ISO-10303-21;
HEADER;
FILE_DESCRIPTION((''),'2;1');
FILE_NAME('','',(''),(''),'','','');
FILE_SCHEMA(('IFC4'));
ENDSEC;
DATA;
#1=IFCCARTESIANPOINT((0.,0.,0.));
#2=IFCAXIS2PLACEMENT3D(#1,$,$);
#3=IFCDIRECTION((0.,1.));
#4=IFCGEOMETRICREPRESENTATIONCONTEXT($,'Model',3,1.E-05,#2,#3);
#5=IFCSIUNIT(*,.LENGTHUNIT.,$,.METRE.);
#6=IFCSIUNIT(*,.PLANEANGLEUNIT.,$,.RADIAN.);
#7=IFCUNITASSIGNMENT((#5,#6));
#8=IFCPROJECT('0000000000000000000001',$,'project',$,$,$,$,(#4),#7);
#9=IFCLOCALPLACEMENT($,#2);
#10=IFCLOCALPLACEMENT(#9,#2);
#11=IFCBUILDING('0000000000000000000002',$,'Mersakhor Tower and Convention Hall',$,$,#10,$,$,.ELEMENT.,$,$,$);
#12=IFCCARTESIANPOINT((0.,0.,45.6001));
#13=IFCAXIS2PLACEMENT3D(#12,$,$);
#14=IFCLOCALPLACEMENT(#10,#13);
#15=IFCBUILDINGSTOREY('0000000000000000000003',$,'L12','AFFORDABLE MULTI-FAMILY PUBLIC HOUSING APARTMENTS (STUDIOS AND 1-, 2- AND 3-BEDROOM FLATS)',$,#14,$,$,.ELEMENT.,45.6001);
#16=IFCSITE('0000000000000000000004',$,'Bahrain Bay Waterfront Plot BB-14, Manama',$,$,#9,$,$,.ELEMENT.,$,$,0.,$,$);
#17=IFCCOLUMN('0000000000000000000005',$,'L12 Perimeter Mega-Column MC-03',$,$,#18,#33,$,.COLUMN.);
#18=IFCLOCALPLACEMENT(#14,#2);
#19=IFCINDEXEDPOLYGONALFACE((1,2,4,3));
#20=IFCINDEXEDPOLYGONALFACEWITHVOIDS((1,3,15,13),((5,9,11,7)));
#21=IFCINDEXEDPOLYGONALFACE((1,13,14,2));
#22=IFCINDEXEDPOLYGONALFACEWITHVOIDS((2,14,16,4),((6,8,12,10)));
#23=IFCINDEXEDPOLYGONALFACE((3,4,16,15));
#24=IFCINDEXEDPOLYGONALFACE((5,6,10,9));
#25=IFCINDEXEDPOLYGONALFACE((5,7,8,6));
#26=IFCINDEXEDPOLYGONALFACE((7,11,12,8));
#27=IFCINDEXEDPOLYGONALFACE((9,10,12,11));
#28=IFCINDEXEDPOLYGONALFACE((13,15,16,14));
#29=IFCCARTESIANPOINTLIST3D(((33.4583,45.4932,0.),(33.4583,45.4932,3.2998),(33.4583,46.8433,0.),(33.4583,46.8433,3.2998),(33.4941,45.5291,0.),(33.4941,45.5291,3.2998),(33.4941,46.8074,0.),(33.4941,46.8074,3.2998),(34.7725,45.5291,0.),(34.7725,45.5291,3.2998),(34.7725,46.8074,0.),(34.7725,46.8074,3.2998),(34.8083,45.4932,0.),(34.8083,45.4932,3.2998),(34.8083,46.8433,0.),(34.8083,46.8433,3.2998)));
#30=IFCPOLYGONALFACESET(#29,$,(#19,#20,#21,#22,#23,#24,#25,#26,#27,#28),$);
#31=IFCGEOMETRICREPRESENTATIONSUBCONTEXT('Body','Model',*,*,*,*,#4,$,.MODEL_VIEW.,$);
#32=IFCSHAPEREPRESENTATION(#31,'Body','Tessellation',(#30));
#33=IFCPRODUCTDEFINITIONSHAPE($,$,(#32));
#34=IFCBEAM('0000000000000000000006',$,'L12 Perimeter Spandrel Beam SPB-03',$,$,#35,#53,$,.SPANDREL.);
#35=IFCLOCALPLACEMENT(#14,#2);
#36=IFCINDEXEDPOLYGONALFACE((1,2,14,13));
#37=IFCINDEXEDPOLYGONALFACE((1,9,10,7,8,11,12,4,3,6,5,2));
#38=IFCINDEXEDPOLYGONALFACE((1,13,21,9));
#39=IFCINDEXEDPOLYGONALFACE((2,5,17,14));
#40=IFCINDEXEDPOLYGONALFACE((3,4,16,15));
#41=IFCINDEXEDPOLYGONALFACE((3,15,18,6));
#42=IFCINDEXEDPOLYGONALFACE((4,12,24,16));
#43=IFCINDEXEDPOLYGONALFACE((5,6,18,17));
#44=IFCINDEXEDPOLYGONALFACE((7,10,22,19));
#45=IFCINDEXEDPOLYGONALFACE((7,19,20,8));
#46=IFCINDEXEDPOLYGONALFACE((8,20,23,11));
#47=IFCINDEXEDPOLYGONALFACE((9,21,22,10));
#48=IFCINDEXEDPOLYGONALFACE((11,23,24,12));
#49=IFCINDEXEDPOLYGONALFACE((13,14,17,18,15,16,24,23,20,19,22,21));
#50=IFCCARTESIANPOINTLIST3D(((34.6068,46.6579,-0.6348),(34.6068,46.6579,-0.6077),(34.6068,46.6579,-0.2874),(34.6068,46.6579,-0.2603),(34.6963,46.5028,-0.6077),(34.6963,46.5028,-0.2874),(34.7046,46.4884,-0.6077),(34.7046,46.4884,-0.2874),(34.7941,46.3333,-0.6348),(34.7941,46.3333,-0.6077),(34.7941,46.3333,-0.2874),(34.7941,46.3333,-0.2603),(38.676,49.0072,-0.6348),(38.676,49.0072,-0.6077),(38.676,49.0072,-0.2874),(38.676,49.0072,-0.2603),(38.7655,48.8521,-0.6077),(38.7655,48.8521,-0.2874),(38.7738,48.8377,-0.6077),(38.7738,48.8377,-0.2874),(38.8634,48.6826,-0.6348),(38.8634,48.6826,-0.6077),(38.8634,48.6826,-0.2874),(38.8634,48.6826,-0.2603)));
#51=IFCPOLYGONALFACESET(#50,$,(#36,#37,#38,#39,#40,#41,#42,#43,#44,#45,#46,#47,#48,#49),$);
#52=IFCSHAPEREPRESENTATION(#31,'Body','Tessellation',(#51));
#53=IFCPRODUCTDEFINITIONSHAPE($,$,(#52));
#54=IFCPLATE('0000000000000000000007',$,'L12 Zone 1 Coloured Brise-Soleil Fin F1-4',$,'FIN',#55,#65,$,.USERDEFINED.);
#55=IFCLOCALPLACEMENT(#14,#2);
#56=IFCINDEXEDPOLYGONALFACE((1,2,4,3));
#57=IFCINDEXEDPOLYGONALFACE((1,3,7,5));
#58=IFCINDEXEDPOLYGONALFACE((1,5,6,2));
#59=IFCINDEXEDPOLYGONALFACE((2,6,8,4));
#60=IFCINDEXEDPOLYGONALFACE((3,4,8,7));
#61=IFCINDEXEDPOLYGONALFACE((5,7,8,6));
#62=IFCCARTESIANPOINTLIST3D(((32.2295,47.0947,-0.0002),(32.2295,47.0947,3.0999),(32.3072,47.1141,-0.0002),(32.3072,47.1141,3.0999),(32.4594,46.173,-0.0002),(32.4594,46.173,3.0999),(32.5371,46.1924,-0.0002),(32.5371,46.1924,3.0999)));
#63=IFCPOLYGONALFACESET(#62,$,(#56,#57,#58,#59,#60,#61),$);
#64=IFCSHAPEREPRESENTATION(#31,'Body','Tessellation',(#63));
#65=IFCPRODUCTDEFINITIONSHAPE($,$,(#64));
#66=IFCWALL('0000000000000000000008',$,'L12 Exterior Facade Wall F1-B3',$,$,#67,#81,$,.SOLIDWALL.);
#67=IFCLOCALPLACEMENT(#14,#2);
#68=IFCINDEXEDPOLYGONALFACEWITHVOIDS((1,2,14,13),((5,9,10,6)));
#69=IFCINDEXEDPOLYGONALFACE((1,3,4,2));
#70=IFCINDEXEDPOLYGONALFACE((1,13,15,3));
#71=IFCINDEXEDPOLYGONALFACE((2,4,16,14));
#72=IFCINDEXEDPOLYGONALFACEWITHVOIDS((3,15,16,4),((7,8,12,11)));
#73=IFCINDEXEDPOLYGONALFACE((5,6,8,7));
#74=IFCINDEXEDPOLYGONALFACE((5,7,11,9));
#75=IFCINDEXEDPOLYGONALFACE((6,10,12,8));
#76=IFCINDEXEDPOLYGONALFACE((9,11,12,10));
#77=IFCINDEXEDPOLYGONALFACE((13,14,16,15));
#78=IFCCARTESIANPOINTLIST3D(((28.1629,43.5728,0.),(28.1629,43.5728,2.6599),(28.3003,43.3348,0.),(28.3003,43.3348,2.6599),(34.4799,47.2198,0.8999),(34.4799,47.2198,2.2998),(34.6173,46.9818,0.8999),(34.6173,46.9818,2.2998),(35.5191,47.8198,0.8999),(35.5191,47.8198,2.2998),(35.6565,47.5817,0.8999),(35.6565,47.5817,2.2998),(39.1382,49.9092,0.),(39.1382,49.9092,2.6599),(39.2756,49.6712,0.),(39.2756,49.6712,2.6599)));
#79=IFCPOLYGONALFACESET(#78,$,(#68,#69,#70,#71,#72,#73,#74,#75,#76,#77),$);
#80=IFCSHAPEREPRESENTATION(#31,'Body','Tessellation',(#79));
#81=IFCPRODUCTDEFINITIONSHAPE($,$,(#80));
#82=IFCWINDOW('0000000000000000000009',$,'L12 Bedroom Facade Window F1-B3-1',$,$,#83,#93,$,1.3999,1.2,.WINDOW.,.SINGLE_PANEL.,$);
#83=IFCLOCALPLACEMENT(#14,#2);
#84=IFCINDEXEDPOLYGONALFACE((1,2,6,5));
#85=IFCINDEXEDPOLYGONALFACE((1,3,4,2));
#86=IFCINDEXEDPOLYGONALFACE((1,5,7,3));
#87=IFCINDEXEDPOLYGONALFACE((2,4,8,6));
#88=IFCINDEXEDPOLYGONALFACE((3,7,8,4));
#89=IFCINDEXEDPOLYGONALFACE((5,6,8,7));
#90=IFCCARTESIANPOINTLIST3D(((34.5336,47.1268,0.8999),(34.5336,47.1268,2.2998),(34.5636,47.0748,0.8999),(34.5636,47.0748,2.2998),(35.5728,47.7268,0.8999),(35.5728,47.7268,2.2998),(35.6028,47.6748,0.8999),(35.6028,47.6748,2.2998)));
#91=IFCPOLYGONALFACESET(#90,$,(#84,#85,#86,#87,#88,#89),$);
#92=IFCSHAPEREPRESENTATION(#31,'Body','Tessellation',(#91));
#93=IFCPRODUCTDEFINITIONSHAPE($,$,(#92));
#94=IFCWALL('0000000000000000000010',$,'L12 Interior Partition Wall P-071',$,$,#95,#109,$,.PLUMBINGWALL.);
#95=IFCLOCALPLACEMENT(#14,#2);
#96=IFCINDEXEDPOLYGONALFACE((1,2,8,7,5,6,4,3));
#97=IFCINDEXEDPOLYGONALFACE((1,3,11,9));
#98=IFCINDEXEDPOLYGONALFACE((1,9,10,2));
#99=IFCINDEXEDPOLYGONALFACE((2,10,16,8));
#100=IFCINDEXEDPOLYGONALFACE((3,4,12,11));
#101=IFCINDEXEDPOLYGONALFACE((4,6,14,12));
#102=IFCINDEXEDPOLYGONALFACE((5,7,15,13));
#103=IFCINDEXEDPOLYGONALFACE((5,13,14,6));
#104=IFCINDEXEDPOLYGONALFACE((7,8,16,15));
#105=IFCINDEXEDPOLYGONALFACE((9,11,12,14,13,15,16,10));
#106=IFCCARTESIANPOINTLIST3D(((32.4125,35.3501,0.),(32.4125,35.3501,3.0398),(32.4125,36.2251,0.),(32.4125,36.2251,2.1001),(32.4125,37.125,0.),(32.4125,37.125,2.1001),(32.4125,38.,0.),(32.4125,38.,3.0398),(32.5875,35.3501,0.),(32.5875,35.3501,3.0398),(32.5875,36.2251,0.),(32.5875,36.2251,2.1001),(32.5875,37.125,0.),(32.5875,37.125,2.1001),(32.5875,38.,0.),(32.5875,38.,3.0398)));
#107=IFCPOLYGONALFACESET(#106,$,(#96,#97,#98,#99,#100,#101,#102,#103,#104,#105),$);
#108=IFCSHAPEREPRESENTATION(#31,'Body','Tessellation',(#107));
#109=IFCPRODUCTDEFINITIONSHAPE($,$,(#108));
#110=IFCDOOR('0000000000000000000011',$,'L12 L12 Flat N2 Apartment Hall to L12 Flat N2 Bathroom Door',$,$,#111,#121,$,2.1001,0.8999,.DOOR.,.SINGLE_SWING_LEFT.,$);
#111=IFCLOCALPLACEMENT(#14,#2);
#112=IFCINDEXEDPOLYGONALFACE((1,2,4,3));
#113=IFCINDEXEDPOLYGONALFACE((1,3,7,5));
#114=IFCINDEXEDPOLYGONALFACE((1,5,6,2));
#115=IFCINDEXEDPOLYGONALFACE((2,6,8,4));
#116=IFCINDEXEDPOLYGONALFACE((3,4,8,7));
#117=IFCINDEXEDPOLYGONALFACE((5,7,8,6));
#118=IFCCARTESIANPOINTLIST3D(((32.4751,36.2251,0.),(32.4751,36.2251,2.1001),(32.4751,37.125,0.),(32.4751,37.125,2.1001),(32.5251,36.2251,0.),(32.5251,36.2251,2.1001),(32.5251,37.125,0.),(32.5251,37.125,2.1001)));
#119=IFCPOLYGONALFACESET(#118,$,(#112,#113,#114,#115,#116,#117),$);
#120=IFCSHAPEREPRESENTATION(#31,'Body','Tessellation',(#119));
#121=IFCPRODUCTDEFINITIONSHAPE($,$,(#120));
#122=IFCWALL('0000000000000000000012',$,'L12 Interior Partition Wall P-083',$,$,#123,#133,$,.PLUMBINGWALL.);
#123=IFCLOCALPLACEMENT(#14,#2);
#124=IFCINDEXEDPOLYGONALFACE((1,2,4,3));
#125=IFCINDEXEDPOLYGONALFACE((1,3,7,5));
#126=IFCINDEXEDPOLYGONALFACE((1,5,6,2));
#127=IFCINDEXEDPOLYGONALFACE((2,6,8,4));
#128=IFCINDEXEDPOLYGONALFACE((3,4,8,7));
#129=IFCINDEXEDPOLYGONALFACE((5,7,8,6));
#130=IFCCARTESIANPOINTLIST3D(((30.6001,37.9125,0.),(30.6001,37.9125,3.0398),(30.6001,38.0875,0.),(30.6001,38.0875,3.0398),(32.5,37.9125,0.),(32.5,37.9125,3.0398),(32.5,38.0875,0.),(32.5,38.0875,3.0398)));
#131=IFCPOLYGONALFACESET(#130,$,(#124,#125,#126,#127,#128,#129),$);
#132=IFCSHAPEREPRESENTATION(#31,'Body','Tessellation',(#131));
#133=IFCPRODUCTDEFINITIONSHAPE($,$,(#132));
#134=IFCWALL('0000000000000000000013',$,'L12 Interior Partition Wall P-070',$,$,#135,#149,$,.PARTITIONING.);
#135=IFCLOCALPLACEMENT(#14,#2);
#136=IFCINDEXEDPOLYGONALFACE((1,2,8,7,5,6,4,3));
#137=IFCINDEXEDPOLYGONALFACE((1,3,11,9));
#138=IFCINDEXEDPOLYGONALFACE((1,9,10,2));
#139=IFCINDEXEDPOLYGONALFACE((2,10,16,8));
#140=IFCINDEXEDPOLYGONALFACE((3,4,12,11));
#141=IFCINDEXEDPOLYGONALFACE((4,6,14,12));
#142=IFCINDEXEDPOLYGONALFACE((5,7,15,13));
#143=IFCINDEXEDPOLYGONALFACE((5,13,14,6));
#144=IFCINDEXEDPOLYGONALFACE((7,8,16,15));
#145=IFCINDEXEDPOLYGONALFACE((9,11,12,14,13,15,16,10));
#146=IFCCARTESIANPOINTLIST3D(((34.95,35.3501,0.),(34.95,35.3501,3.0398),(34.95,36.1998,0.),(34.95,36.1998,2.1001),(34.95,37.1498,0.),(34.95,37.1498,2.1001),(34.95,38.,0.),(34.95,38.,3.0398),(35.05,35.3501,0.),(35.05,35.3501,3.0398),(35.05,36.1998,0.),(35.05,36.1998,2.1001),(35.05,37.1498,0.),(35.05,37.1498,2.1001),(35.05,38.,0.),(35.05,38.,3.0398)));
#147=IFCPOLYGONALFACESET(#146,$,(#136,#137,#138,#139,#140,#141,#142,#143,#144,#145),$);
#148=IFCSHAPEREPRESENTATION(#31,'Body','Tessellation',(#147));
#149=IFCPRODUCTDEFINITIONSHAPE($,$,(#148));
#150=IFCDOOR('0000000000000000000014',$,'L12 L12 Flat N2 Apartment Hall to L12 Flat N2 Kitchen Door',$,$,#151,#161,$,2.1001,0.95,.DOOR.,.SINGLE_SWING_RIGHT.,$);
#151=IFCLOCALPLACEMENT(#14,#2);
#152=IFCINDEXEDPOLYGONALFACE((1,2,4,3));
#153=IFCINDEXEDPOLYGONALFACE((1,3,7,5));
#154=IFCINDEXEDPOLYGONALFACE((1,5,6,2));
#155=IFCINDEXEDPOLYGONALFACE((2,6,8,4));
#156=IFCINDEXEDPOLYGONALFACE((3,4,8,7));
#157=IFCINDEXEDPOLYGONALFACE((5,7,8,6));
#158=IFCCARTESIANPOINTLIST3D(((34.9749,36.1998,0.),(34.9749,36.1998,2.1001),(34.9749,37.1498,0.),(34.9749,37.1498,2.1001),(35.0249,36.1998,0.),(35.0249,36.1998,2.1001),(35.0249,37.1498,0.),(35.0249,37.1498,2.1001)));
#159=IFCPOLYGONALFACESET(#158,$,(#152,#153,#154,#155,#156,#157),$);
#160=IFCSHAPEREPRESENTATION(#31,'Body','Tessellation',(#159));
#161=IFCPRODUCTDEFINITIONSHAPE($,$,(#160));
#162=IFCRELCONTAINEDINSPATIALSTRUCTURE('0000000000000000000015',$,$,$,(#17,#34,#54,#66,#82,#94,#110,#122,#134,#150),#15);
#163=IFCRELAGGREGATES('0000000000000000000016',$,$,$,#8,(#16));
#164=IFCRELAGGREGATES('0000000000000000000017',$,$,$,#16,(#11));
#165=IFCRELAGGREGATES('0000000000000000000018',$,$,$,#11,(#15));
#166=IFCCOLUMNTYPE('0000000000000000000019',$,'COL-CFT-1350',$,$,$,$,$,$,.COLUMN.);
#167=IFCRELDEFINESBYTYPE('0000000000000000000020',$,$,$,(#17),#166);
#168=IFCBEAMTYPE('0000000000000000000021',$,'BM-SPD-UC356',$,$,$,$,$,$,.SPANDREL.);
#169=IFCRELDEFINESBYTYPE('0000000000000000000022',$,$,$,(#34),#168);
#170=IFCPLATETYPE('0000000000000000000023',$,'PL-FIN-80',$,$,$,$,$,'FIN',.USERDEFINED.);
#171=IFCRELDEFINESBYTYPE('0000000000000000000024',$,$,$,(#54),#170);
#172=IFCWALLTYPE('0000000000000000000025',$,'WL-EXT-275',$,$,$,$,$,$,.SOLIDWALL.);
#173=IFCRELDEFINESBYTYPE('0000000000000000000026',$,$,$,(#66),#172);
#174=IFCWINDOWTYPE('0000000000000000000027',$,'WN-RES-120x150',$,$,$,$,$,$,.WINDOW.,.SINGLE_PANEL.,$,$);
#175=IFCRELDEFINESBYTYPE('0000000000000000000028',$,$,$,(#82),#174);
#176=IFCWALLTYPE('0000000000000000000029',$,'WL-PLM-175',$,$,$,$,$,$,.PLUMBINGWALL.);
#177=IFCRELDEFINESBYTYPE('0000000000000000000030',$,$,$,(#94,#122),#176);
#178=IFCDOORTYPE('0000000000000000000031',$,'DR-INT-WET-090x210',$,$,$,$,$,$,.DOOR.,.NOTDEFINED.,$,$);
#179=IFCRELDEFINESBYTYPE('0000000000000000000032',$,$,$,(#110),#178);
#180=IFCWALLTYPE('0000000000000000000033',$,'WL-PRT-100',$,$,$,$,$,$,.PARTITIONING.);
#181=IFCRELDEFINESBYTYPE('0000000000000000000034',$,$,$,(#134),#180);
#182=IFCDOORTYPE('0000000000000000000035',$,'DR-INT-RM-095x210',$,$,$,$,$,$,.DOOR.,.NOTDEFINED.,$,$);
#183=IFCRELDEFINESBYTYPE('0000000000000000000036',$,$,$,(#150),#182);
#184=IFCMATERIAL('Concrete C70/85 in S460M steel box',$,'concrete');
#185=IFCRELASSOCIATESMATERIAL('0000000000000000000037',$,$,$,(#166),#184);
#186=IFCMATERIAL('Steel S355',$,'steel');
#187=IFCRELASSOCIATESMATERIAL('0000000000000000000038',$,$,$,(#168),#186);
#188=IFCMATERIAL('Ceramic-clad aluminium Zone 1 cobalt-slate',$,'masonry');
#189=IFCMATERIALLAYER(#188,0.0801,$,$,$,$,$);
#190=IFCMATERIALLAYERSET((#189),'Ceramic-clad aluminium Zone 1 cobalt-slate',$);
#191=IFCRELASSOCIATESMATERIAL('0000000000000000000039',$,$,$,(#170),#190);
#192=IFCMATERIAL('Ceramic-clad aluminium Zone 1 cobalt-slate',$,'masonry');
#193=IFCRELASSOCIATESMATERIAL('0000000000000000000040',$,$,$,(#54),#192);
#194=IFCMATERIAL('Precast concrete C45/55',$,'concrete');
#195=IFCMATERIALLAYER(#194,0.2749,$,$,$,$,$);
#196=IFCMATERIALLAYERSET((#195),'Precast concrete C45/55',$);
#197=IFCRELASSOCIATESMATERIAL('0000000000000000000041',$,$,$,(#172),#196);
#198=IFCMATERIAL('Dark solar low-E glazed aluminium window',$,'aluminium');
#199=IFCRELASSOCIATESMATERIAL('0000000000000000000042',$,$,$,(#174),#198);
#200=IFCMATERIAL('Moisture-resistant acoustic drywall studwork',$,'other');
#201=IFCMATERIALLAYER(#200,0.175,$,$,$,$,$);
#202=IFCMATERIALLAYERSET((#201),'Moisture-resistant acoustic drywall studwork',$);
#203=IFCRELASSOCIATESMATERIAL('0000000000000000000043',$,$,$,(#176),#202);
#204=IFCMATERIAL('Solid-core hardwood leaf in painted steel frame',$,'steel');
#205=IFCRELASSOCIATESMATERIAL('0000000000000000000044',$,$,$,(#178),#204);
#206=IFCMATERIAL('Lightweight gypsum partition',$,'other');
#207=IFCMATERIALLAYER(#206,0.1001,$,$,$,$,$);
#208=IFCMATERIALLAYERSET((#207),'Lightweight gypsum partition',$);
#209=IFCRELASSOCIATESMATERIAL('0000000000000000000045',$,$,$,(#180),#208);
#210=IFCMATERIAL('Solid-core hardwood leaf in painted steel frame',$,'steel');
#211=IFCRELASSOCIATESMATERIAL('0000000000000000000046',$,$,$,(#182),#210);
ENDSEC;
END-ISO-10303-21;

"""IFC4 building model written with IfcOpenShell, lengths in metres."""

from ifc_helpers import new_model, si_unit, direction, frame, frame_2d, origin, origin_2d, place, context, subcontext, project, spatial, rectangle, hollow_rectangle, i_section, extrude, material, layer, layer_set, material_profile, profile_set, type_object, element, fill, save


model = new_model("IFC4")

# Units and contexts
model_context = context("Model", 3, precision=1e-05, world=origin(), true_north=direction((0.0, 1.0)))
body_context = subcontext(model_context, "Body", "Model", "MODEL_VIEW")
ifc_project = project(units=[si_unit("LENGTHUNIT", "METRE"), si_unit("PLANEANGLEUNIT", "RADIAN")], contexts=[model_context])

# Site, building, storey
site_placement = place(None, origin())
site = spatial("IfcSite", under=ifc_project, at=site_placement, Name="Bahrain Bay Waterfront Plot BB-14, Manama", CompositionType="ELEMENT", RefElevation=0.0)
building_placement = place(site_placement, origin())
building = spatial("IfcBuilding", under=site, at=building_placement, Name="Mersakhor Tower and Convention Hall", CompositionType="ELEMENT")
storey_placement = place(building_placement, frame((0.0, 0.0, 45.6001)))
storey = spatial("IfcBuildingStorey", under=building, at=storey_placement, Name="L12", Description="AFFORDABLE MULTI-FAMILY PUBLIC HOUSING APARTMENTS (STUDIOS AND 1-, 2- AND 3-BEDROOM FLATS)", CompositionType="ELEMENT", Elevation=45.6001)

# Column
ifc_material_1 = material(Name="Concrete C70/85 in S460M steel box", Category="concrete")
ifc_material_profile_1 = material_profile(ifc_material_1, hollow_rectangle(XDim=1.3501, YDim=1.3501, WallThickness=0.0359, at=origin_2d()), Name="SHS 1350x1350x36")
ifc_profile_set_1 = profile_set([ifc_material_profile_1], Name="Concrete C70/85 in S460M steel box")
column_type = type_object("IfcColumnType", Name="COL-CFT-1350", PredefinedType="COLUMN", material=ifc_profile_set_1)
column_placement = place(storey_placement, frame((34.1333, 46.1682, 0.0), z_axis=(0.0, 0.0, 1.0), x_axis=(1.0, 0.0, 0.0)))
element("IfcColumn", 1, at=column_placement, inside=storey, type_object=column_type, Name="L12 Perimeter Mega-Column MC-03", PredefinedType="COLUMN", context=body_context, shape_type="SweptSolid", body=[
    extrude(hollow_rectangle(XDim=1.3501, YDim=1.3501, WallThickness=0.0359, at=origin_2d()), origin(), (0.0, 0.0, 1.0), 3.2998),
])

# Beam
ifc_material_2 = material(Name="Steel S355", Category="steel")
ifc_material_profile_2 = material_profile(ifc_material_2, i_section(OverallWidth=0.3748, OverallDepth=0.3745, WebThickness=0.0166, FlangeThickness=0.0271, at=origin_2d()), Name="UC 356x368x202")
ifc_profile_set_2 = profile_set([ifc_material_profile_2], Name="Steel S355")
beam_type = type_object("IfcBeamType", Name="BM-SPD-UC356", PredefinedType="SPANDREL", material=ifc_profile_set_2)
beam_placement = place(storey_placement, frame((34.7004, 46.4956, -0.4475), z_axis=(0.866032, 0.499989, 0.0), x_axis=(-0.499989, 0.866032, 0.0)))
element("IfcBeam", 2, at=beam_placement, inside=storey, type_object=beam_type, Name="L12 Perimeter Spandrel Beam SPB-03", PredefinedType="SPANDREL", context=body_context, shape_type="SweptSolid", body=[
    extrude(i_section(OverallWidth=0.3748, OverallDepth=0.3745, WebThickness=0.0166, FlangeThickness=0.0271, at=origin_2d()), origin(), (0.0, 0.0, 1.0), 4.6987),
])

# Plate
ifc_material_3 = material(Name="Ceramic-clad aluminium Zone 1 cobalt-slate", Category="masonry")
ifc_material_4 = material(Name="Ceramic-clad aluminium Zone 1 cobalt-slate", Category="masonry")
ifc_layer_1 = layer(ifc_material_4, 0.0801)
ifc_layer_set_1 = layer_set([ifc_layer_1], Name="Ceramic-clad aluminium Zone 1 cobalt-slate")
plate_type = type_object("IfcPlateType", Name="PL-FIN-80", ElementType="FIN", PredefinedType="USERDEFINED", material=ifc_layer_set_1)
plate_placement = place(storey_placement, frame((32.3833, 46.6436, -0.0002), z_axis=(0.0, 0.0, 1.0), x_axis=(-0.241922, 0.970296, 0.0)))
element("IfcPlate", 3, at=plate_placement, inside=storey, type_object=plate_type, material=ifc_material_3, Name="L12 Zone 1 Coloured Brise-Soleil Fin F1-4", ObjectType="FIN", PredefinedType="USERDEFINED", context=body_context, shape_type="SweptSolid", body=[
    extrude(rectangle(XDim=0.95, YDim=0.0801, at=origin_2d()), origin(), (0.0, 0.0, 1.0), 3.1001),
])

# Wall, opening, window
ifc_material_5 = material(Name="Precast concrete C45/55", Category="concrete")
ifc_layer_2 = layer(ifc_material_5, 0.2749)
ifc_layer_set_2 = layer_set([ifc_layer_2], Name="Precast concrete C45/55")
wall_type_1 = type_object("IfcWallType", Name="WL-EXT-275", PredefinedType="SOLIDWALL", material=ifc_layer_set_2)
wall_1_placement = place(storey_placement, frame((28.2317, 43.4539, 0.0), z_axis=(0.0, 0.0, 1.0), x_axis=(0.866032, 0.499989, 0.0)))
wall_1 = element("IfcWall", 4, at=wall_1_placement, inside=storey, type_object=wall_type_1, Name="L12 Exterior Facade Wall F1-B3", PredefinedType="SOLIDWALL", context=body_context, shape_type="SweptSolid", body=[
    extrude(rectangle(XDim=12.6731, YDim=0.2749, at=frame_2d((6.3364, 0.0))), origin(), (0.0, 0.0, 1.0), 2.6599),
])
opening_1_placement = place(wall_1_placement, frame((7.2939, 0.0, 0.8999)))
opening_1 = element("IfcOpeningElement", 5, at=opening_1_placement, cuts=wall_1, PredefinedType="OPENING", context=body_context, shape_type="SweptSolid", body=[
    extrude(rectangle(XDim=1.2, YDim=1.3999, at=frame_2d((0.6001, 0.7))), frame((0.0, 0.1475, 0.0), z_axis=(0.0, -1.0, 0.0), x_axis=(1.0, 0.0, 0.0)), (0.0, 0.0, 1.0), 0.2949),
])
ifc_material_6 = material(Name="Dark solar low-E glazed aluminium window", Category="aluminium")
window_type = type_object("IfcWindowType", Name="WN-RES-120x150", PartitioningType="SINGLE_PANEL", PredefinedType="WINDOW", material=ifc_material_6)
window_placement = place(opening_1_placement, origin())
window = element("IfcWindow", 6, at=window_placement, inside=storey, type_object=window_type, Name="L12 Bedroom Facade Window F1-B3-1", OverallHeight=1.3999, OverallWidth=1.2, PartitioningType="SINGLE_PANEL", PredefinedType="WINDOW", context=body_context, shape_type="SweptSolid", body=[
    extrude(rectangle(XDim=1.2, YDim=1.3999, at=frame_2d((0.6001, 0.7))), frame((0.0, 0.03, 0.0), z_axis=(0.0, -1.0, 0.0), x_axis=(1.0, 0.0, 0.0)), (0.0, 0.0, 1.0), 0.0601),
])
fill(opening_1, window)

# Wall, opening, door
ifc_material_7 = material(Name="Moisture-resistant acoustic drywall studwork", Category="other")
ifc_layer_3 = layer(ifc_material_7, 0.175)
ifc_layer_set_3 = layer_set([ifc_layer_3], Name="Moisture-resistant acoustic drywall studwork")
wall_type_2 = type_object("IfcWallType", Name="WL-PLM-175", PredefinedType="PLUMBINGWALL", material=ifc_layer_set_3)
wall_2_placement = place(storey_placement, frame((32.5, 35.3501, 0.0), z_axis=(0.0, 0.0, 1.0), x_axis=(0.0, 1.0, 0.0)))
wall_2 = element("IfcWall", 7, at=wall_2_placement, inside=storey, type_object=wall_type_2, Name="L12 Interior Partition Wall P-071", PredefinedType="PLUMBINGWALL", context=body_context, shape_type="SweptSolid", body=[
    extrude(rectangle(XDim=2.6499, YDim=0.175, at=frame_2d((1.325, 0.0))), origin(), (0.0, 0.0, 1.0), 3.0398),
])
opening_2_placement = place(wall_2_placement, frame((0.875, 0.0, 0.0)))
opening_2 = element("IfcOpeningElement", 8, at=opening_2_placement, cuts=wall_2, PredefinedType="OPENING", context=body_context, shape_type="SweptSolid", body=[
    extrude(rectangle(XDim=0.8999, YDim=2.1001, at=frame_2d((0.45, 1.05))), frame((0.0, 0.0974, 0.0), z_axis=(0.0, -1.0, 0.0), x_axis=(1.0, 0.0, 0.0)), (0.0, 0.0, 1.0), 0.1951),
])
ifc_material_8 = material(Name="Solid-core hardwood leaf in painted steel frame", Category="steel")
door_type_1 = type_object("IfcDoorType", Name="DR-INT-WET-090x210", OperationType="NOTDEFINED", PredefinedType="DOOR", material=ifc_material_8)
door_1_placement = place(opening_2_placement, origin())
door_1 = element("IfcDoor", 9, at=door_1_placement, inside=storey, type_object=door_type_1, Name="L12 L12 Flat N2 Apartment Hall to L12 Flat N2 Bathroom Door", OperationType="SINGLE_SWING_LEFT", OverallHeight=2.1001, OverallWidth=0.8999, PredefinedType="DOOR", context=body_context, shape_type="SweptSolid", body=[
    extrude(rectangle(XDim=0.8999, YDim=2.1001, at=frame_2d((0.45, 1.05))), frame((0.0, 0.0249, 0.0), z_axis=(0.0, -1.0, 0.0), x_axis=(1.0, 0.0, 0.0)), (0.0, 0.0, 1.0), 0.05),
])
fill(opening_2, door_1)

# Wall
wall_3_placement = place(storey_placement, frame((30.6001, 38.0, 0.0), z_axis=(0.0, 0.0, 1.0), x_axis=(1.0, 0.0, 0.0)))
element("IfcWall", 10, at=wall_3_placement, inside=storey, type_object=wall_type_2, Name="L12 Interior Partition Wall P-083", PredefinedType="PLUMBINGWALL", context=body_context, shape_type="SweptSolid", body=[
    extrude(rectangle(XDim=1.8999, YDim=0.175, at=frame_2d((0.95, 0.0))), origin(), (0.0, 0.0, 1.0), 3.0398),
])

# Wall, opening, door
ifc_material_9 = material(Name="Lightweight gypsum partition", Category="other")
ifc_layer_4 = layer(ifc_material_9, 0.1001)
ifc_layer_set_4 = layer_set([ifc_layer_4], Name="Lightweight gypsum partition")
wall_type_3 = type_object("IfcWallType", Name="WL-PRT-100", PredefinedType="PARTITIONING", material=ifc_layer_set_4)
wall_4_placement = place(storey_placement, frame((35.0, 38.0, 0.0), z_axis=(0.0, 0.0, 1.0), x_axis=(0.0, -1.0, 0.0)))
wall_4 = element("IfcWall", 11, at=wall_4_placement, inside=storey, type_object=wall_type_3, Name="L12 Interior Partition Wall P-070", PredefinedType="PARTITIONING", context=body_context, shape_type="SweptSolid", body=[
    extrude(rectangle(XDim=2.6499, YDim=0.1001, at=frame_2d((1.325, 0.0))), origin(), (0.0, 0.0, 1.0), 3.0398),
])
opening_3_placement = place(wall_4_placement, frame((0.8501, 0.0, 0.0)))
opening_3 = element("IfcOpeningElement", 12, at=opening_3_placement, cuts=wall_4, PredefinedType="OPENING", context=body_context, shape_type="SweptSolid", body=[
    extrude(rectangle(XDim=0.95, YDim=2.1001, at=frame_2d((0.4751, 1.05))), frame((0.0, 0.0601, 0.0), z_axis=(0.0, -1.0, 0.0), x_axis=(1.0, 0.0, 0.0)), (0.0, 0.0, 1.0), 0.1201),
])
ifc_material_10 = material(Name="Solid-core hardwood leaf in painted steel frame", Category="steel")
door_type_2 = type_object("IfcDoorType", Name="DR-INT-RM-095x210", OperationType="NOTDEFINED", PredefinedType="DOOR", material=ifc_material_10)
door_2_placement = place(opening_3_placement, origin())
door_2 = element("IfcDoor", 13, at=door_2_placement, inside=storey, type_object=door_type_2, Name="L12 L12 Flat N2 Apartment Hall to L12 Flat N2 Kitchen Door", OperationType="SINGLE_SWING_RIGHT", OverallHeight=2.1001, OverallWidth=0.95, PredefinedType="DOOR", context=body_context, shape_type="SweptSolid", body=[
    extrude(rectangle(XDim=0.95, YDim=2.1001, at=frame_2d((0.4751, 1.05))), frame((0.0, 0.0249, 0.0), z_axis=(0.0, -1.0, 0.0), x_axis=(1.0, 0.0, 0.0)), (0.0, 0.0, 1.0), 0.05),
])
fill(opening_3, door_2)

save(model, "model.ifc")
